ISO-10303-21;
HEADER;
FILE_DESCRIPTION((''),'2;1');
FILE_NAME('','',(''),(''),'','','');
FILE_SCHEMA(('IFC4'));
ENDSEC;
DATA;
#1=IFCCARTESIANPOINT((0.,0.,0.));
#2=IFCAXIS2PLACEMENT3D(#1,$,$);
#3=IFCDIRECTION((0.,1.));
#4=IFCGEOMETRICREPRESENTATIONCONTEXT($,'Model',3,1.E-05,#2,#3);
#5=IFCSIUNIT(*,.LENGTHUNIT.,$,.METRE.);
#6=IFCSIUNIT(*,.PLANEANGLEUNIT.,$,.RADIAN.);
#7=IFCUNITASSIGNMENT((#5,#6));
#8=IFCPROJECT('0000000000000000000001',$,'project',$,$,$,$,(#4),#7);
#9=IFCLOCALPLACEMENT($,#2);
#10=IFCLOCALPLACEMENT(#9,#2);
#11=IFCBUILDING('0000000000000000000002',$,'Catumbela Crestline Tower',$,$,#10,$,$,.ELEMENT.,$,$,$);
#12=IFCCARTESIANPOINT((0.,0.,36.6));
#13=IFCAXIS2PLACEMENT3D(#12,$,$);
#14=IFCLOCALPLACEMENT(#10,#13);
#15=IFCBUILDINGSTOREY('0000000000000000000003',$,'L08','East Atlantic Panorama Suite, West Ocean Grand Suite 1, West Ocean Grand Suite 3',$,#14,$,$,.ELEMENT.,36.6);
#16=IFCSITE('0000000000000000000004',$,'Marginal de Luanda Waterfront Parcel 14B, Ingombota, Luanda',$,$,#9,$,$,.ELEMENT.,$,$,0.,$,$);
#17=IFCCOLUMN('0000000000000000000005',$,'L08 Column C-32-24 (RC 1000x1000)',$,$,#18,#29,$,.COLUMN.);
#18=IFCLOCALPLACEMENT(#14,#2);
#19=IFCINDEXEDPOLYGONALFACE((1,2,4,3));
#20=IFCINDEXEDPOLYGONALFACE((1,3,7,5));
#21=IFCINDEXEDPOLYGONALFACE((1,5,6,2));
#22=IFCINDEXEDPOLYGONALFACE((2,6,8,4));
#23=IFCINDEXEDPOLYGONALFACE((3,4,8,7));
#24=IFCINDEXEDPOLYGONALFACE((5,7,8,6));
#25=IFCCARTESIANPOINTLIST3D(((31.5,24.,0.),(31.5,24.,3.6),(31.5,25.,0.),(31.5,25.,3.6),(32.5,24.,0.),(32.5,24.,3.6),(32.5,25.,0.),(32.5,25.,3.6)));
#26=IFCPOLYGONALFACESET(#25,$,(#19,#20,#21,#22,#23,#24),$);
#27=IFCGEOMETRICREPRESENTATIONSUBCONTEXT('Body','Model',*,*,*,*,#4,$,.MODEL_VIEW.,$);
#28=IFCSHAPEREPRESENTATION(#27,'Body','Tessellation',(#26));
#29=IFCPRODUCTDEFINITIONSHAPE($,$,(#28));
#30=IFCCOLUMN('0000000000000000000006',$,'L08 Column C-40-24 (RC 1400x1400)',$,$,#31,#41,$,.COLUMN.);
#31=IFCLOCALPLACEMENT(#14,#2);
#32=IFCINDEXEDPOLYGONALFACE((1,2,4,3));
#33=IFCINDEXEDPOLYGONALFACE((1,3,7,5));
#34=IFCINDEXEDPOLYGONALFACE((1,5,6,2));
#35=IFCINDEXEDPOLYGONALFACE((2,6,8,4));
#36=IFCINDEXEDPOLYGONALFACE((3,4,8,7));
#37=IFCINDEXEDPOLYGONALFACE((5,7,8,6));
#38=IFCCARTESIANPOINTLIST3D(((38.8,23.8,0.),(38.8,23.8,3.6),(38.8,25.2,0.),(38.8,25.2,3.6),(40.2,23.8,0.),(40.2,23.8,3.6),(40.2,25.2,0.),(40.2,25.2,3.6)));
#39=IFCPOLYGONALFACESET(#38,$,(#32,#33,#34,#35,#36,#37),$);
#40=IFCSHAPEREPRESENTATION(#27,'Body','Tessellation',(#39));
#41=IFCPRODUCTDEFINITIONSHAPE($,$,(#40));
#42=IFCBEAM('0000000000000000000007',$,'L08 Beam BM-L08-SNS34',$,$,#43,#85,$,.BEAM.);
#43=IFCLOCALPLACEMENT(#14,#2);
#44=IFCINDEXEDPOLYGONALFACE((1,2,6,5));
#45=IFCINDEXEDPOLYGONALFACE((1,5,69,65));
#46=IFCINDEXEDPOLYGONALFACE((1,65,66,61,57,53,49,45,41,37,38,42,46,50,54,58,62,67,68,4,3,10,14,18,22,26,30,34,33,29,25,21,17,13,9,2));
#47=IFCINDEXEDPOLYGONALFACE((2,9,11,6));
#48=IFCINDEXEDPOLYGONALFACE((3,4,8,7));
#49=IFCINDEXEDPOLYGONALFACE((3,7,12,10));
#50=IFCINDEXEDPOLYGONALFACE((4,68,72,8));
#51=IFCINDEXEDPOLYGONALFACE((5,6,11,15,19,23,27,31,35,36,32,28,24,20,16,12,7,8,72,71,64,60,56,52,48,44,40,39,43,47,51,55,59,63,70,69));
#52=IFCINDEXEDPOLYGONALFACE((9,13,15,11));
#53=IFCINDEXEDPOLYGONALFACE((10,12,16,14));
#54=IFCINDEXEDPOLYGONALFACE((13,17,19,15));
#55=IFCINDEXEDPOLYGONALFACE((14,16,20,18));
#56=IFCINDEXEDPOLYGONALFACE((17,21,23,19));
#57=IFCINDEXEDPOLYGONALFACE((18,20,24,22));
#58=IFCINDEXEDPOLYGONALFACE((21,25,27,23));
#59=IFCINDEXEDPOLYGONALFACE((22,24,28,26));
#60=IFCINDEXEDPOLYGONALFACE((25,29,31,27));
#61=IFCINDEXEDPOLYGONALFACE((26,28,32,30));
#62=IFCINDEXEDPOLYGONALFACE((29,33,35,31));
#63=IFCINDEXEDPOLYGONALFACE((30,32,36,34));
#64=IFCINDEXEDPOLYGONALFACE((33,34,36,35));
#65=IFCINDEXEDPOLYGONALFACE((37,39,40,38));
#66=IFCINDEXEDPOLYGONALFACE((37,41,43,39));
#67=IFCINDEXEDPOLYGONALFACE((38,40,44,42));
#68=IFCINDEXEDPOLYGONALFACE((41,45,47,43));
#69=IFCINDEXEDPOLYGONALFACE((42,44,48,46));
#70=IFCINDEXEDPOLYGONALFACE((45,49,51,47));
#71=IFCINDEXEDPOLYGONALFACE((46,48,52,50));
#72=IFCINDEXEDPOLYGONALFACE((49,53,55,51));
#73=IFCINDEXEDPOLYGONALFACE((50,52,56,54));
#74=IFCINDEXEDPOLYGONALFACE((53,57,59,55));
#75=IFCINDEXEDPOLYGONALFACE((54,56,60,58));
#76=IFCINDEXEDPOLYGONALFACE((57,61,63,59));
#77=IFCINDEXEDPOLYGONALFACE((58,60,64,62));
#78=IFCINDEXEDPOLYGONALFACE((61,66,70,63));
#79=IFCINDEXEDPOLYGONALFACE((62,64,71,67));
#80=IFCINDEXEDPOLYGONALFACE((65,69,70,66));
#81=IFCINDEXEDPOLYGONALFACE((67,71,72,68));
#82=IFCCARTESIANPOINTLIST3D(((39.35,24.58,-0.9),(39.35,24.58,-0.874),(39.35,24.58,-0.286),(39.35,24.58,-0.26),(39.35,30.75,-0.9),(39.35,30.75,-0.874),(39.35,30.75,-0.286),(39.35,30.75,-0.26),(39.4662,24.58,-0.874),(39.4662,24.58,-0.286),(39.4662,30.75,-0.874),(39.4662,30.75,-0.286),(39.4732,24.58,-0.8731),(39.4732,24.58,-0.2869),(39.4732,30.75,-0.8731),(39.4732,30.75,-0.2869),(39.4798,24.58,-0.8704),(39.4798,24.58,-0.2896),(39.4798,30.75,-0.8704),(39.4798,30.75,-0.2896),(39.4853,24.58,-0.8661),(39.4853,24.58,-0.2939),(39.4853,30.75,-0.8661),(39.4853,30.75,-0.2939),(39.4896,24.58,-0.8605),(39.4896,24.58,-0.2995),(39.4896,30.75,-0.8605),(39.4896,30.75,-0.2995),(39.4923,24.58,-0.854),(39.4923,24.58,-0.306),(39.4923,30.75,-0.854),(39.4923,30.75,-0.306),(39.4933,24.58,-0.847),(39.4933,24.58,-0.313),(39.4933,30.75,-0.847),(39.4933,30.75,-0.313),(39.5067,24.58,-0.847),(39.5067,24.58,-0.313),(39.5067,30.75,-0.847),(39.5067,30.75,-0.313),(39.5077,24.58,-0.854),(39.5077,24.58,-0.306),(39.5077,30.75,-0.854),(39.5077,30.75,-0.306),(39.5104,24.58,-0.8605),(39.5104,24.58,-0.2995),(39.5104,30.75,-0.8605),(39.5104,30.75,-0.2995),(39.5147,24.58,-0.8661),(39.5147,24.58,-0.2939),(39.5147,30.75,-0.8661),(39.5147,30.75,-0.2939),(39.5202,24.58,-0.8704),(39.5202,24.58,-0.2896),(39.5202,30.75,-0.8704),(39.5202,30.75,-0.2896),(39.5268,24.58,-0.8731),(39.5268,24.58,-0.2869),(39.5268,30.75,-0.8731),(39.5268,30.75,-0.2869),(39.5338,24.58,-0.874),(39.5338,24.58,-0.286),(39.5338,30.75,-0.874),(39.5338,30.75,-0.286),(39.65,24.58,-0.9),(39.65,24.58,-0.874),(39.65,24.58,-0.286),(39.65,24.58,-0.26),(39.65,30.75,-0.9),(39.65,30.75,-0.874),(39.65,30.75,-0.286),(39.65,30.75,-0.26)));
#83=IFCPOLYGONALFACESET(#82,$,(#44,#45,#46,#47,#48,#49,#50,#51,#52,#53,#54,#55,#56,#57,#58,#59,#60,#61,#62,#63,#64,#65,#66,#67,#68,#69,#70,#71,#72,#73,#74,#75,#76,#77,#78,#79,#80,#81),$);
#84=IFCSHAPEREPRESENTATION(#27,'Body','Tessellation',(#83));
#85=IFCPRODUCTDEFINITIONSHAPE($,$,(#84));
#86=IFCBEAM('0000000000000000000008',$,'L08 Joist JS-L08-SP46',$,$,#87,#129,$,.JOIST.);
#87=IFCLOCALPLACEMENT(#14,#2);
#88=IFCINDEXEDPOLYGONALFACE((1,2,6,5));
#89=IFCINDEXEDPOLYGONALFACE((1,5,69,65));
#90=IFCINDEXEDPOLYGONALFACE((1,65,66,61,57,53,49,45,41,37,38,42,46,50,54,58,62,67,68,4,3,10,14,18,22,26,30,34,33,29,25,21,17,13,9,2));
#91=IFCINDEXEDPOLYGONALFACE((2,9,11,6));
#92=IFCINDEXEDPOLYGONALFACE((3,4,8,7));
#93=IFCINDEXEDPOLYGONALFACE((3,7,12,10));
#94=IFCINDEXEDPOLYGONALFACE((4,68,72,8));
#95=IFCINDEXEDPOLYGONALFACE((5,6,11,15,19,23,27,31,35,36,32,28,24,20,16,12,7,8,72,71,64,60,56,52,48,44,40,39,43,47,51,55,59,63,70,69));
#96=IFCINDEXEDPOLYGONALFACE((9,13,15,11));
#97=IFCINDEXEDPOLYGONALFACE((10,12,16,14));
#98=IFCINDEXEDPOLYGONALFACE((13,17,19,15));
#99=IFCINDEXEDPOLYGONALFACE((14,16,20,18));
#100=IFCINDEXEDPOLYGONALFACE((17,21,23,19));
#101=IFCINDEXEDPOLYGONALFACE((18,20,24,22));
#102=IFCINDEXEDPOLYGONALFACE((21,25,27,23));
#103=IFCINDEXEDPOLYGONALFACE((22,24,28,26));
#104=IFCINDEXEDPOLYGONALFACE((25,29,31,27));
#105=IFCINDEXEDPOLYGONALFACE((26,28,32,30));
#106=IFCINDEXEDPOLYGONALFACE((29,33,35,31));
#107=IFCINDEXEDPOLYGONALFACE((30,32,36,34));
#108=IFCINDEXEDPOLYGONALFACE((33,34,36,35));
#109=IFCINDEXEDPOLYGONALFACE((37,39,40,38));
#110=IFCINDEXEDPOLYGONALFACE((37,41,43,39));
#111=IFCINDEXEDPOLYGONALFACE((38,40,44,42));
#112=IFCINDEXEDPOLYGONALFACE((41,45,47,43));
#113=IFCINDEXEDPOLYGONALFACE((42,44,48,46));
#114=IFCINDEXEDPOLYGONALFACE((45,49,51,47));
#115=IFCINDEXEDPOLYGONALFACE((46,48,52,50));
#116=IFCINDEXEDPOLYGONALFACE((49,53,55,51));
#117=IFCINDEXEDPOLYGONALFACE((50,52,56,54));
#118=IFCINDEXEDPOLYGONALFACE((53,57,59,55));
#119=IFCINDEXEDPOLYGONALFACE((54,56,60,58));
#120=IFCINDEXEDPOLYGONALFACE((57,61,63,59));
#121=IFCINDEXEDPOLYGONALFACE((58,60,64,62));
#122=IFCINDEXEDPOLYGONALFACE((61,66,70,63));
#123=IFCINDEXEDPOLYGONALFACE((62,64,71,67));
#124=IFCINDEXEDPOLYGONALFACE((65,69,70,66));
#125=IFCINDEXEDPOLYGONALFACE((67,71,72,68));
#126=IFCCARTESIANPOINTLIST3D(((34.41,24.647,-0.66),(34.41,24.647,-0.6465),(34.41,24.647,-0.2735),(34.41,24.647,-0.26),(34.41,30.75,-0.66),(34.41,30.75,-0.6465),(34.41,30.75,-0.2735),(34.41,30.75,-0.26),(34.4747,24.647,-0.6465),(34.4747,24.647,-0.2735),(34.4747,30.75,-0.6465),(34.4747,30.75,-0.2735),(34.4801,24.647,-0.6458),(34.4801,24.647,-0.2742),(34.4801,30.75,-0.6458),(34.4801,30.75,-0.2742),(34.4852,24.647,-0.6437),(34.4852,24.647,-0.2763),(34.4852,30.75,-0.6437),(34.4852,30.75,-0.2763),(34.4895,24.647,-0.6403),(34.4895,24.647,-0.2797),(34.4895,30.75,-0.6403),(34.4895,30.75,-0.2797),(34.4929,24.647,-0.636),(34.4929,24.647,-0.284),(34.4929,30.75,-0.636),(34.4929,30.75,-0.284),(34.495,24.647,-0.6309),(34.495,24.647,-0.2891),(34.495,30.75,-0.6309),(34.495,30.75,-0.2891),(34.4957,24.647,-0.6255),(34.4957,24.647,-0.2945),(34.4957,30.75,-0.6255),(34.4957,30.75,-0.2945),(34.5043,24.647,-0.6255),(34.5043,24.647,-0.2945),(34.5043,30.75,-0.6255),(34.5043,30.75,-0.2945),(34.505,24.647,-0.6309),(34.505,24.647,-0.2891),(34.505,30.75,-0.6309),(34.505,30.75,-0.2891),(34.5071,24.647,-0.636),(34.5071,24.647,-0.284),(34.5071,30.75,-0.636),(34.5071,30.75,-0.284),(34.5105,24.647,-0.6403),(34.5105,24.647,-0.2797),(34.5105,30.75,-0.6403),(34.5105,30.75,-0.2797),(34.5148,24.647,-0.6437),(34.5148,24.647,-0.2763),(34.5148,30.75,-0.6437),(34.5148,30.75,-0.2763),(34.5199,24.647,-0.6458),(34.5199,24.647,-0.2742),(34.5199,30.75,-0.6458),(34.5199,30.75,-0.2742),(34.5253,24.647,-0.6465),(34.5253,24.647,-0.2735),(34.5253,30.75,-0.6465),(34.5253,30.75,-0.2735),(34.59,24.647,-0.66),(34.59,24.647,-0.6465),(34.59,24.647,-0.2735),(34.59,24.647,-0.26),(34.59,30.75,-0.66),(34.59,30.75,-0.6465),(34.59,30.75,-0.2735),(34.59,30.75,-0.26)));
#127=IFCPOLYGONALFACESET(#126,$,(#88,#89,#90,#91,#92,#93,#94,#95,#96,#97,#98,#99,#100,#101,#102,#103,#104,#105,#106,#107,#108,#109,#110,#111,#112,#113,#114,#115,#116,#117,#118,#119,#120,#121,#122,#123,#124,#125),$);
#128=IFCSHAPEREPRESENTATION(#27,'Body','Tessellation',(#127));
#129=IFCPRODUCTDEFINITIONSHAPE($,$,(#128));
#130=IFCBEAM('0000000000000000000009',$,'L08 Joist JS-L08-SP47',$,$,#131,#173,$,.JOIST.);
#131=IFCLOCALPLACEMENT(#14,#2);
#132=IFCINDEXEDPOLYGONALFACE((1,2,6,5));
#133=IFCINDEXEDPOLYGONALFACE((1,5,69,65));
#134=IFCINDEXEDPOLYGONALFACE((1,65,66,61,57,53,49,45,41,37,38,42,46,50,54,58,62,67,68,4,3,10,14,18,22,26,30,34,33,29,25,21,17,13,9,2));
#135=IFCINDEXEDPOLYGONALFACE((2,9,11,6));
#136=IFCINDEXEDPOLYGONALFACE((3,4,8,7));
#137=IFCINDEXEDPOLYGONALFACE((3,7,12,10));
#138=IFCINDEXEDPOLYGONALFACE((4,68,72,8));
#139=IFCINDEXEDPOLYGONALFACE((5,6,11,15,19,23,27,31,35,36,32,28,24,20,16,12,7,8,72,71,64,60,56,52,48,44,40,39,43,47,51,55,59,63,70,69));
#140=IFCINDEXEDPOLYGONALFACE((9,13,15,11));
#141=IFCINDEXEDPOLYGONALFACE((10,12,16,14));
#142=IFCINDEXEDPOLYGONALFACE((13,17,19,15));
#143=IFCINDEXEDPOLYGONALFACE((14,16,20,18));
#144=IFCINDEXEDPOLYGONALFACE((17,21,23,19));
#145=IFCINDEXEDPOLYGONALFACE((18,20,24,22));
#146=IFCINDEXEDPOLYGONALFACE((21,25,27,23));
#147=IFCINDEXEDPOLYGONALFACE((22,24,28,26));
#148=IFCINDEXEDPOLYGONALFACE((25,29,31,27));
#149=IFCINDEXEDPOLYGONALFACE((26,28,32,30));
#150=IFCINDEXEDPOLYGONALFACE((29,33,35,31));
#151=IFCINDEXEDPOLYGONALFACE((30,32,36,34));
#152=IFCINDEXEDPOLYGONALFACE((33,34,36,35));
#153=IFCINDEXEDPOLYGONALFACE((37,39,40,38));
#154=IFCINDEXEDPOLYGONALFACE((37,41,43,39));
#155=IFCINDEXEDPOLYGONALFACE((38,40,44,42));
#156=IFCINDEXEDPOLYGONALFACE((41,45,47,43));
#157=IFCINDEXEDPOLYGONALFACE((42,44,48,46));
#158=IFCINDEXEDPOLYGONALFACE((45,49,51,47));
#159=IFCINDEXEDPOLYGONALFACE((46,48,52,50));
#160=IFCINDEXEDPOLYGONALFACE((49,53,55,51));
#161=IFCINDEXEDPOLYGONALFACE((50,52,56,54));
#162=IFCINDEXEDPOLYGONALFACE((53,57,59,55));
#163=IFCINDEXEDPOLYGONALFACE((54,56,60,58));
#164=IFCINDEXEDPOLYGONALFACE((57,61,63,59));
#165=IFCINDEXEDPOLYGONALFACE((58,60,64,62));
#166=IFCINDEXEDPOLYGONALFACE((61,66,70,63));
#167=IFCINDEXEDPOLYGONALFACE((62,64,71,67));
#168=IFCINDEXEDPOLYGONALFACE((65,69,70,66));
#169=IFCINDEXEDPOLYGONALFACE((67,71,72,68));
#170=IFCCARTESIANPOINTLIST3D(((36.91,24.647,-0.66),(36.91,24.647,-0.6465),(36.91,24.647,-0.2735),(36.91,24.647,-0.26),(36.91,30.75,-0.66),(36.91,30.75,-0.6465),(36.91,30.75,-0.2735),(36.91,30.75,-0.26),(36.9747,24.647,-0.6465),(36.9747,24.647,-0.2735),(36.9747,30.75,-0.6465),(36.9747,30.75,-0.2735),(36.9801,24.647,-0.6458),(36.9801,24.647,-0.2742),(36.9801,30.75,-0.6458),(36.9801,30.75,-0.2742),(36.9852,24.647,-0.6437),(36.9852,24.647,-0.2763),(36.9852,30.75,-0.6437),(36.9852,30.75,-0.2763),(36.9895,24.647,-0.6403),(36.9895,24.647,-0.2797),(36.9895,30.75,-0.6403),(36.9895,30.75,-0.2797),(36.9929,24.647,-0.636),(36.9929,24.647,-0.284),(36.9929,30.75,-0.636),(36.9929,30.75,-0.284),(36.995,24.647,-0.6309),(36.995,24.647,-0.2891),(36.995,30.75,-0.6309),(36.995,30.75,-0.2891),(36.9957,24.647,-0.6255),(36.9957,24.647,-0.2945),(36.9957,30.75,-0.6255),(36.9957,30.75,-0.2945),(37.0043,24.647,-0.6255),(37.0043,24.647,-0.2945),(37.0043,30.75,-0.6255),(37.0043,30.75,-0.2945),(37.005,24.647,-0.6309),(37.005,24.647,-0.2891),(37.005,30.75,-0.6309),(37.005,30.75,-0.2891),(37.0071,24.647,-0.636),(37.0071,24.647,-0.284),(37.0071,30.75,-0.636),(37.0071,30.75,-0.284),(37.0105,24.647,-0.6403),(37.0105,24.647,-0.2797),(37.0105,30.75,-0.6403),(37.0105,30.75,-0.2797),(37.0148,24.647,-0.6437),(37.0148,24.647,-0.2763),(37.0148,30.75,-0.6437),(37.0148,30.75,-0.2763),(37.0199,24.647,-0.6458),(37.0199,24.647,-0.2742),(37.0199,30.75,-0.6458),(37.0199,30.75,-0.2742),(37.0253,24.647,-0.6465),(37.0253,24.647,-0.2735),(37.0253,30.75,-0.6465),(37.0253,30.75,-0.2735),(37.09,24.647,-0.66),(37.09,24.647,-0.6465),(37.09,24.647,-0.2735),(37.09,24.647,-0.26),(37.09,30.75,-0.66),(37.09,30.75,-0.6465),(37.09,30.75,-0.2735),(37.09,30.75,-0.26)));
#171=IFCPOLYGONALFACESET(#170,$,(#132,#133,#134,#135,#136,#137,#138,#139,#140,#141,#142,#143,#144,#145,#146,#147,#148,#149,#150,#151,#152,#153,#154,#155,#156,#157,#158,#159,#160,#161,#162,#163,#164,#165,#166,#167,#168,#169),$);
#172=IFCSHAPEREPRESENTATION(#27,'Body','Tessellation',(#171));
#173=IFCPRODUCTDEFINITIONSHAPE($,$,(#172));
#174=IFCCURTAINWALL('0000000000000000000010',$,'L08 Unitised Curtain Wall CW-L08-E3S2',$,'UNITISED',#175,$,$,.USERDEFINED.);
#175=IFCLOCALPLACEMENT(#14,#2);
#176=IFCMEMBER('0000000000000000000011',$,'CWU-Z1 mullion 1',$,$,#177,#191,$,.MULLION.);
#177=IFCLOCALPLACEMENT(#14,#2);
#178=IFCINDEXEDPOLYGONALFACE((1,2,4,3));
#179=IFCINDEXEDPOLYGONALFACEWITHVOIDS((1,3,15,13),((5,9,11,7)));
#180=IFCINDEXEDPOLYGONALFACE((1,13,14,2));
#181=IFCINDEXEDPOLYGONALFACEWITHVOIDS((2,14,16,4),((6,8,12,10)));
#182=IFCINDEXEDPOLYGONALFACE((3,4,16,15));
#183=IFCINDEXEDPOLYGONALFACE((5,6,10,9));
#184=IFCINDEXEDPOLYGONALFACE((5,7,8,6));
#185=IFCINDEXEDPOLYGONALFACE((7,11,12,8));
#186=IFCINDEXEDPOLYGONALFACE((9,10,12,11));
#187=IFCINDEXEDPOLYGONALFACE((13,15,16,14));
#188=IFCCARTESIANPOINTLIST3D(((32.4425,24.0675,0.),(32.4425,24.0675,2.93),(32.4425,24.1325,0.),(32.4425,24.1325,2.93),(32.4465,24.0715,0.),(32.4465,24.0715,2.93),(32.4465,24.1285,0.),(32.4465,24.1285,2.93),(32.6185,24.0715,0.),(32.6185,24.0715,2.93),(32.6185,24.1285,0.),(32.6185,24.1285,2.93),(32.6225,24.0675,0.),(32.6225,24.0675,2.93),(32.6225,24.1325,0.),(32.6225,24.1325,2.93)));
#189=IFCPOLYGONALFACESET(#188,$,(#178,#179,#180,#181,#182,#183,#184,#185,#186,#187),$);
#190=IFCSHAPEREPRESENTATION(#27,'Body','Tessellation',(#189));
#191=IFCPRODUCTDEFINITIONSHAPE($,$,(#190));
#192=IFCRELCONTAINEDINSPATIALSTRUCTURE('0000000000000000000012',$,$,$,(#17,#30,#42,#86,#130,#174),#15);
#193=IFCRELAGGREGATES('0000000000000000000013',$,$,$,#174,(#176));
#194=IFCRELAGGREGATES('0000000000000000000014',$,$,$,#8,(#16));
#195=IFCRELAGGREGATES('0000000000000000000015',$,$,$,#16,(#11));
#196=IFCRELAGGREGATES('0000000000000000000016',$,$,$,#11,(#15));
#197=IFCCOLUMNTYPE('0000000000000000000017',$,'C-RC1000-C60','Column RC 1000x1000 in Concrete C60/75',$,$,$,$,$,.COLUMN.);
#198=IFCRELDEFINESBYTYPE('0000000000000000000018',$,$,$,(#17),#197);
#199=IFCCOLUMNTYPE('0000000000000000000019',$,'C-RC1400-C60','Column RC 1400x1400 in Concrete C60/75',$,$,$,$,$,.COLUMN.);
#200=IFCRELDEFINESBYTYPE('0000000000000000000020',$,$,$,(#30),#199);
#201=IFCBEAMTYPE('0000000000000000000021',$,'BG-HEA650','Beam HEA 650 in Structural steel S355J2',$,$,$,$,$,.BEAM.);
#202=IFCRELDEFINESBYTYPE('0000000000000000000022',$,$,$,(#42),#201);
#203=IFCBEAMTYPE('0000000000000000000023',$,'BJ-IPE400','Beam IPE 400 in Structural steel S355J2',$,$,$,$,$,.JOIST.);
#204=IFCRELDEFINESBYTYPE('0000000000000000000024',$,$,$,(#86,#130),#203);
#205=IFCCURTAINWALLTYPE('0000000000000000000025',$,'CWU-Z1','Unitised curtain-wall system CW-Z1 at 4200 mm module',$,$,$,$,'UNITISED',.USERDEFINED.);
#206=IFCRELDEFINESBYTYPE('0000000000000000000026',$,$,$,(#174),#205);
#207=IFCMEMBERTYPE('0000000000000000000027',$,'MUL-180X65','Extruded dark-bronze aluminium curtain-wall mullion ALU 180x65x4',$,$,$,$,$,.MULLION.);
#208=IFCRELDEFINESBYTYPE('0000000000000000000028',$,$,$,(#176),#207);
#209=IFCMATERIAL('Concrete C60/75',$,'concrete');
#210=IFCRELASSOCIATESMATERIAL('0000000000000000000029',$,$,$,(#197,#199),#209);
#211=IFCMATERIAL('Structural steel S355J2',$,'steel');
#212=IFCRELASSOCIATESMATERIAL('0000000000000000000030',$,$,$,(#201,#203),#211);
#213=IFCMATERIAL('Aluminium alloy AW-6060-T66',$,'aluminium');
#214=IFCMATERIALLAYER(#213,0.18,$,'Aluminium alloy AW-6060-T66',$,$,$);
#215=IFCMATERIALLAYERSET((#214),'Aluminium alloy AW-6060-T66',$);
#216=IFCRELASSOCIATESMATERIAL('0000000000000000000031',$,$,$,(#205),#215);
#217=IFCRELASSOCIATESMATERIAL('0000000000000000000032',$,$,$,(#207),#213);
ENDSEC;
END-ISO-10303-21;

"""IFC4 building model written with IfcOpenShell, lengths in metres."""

from ifc_helpers import new_model, si_unit, direction, frame, origin, origin_2d, place, context, subcontext, project, spatial, rectangle, hollow_rectangle, i_section, extrude, material, layer, layer_set, material_profile, profile_set, type_object, element, aggregate, save


model = new_model("IFC4")

# Units and contexts
model_context = context("Model", 3, precision=1e-05, world=origin(), true_north=direction((0.0, 1.0)))
body_context = subcontext(model_context, "Body", "Model", "MODEL_VIEW")
ifc_project = project(units=[si_unit("LENGTHUNIT", "METRE"), si_unit("PLANEANGLEUNIT", "RADIAN")], contexts=[model_context])

# Site, building, storey
site_placement = place(None, origin())
site = spatial("IfcSite", under=ifc_project, at=site_placement, Name="Marginal de Luanda Waterfront Parcel 14B, Ingombota, Luanda", CompositionType="ELEMENT", RefElevation=0.0)
building_placement = place(site_placement, origin())
building = spatial("IfcBuilding", under=site, at=building_placement, Name="Catumbela Crestline Tower", CompositionType="ELEMENT")
storey_placement = place(building_placement, frame((0.0, 0.0, 36.6)))
storey = spatial("IfcBuildingStorey", under=building, at=storey_placement, Name="L08", Description="East Atlantic Panorama Suite, West Ocean Grand Suite 1, West Ocean Grand Suite 3", CompositionType="ELEMENT", Elevation=36.6)

# Columns
ifc_material_1 = material(Name="Concrete C60/75", Category="concrete")
ifc_material_profile_1 = material_profile(ifc_material_1, rectangle(XDim=1.0, YDim=1.0, at=origin_2d()), Name="RC 1000x1000")
ifc_profile_set_1 = profile_set([ifc_material_profile_1], Name="Concrete C60/75")
column_type_1 = type_object("IfcColumnType", Name="C-RC1000-C60", Description="Column RC 1000x1000 in Concrete C60/75", PredefinedType="COLUMN", material=ifc_profile_set_1)
column_1_placement = place(storey_placement, frame((32.0, 24.5, 0.0), z_axis=(0.0, 0.0, 1.0), x_axis=(1.0, 0.0, 0.0)))
element("IfcColumn", 1, at=column_1_placement, inside=storey, type_object=column_type_1, Name="L08 Column C-32-24 (RC 1000x1000)", PredefinedType="COLUMN", context=body_context, shape_type="SweptSolid", body=[
    extrude(rectangle(XDim=1.0, YDim=1.0, at=origin_2d()), origin(), (0.0, 0.0, 1.0), 3.6),
])
ifc_material_profile_2 = material_profile(ifc_material_1, rectangle(XDim=1.4, YDim=1.4, at=origin_2d()), Name="RC 1400x1400")
ifc_profile_set_2 = profile_set([ifc_material_profile_2], Name="Concrete C60/75")
column_type_2 = type_object("IfcColumnType", Name="C-RC1400-C60", Description="Column RC 1400x1400 in Concrete C60/75", PredefinedType="COLUMN", material=ifc_profile_set_2)
column_2_placement = place(storey_placement, frame((39.5, 24.5, 0.0), z_axis=(0.0, 0.0, 1.0), x_axis=(1.0, 0.0, 0.0)))
element("IfcColumn", 2, at=column_2_placement, inside=storey, type_object=column_type_2, Name="L08 Column C-40-24 (RC 1400x1400)", PredefinedType="COLUMN", context=body_context, shape_type="SweptSolid", body=[
    extrude(rectangle(XDim=1.4, YDim=1.4, at=origin_2d()), origin(), (0.0, 0.0, 1.0), 3.6),
])

# Beams
ifc_material_2 = material(Name="Structural steel S355J2", Category="steel")
ifc_material_profile_3 = material_profile(ifc_material_2, i_section(OverallWidth=0.3, OverallDepth=0.64, WebThickness=0.0135, FlangeThickness=0.026, FilletRadius=0.027, at=origin_2d()), Name="HEA 650")
ifc_profile_set_3 = profile_set([ifc_material_profile_3], Name="Structural steel S355J2")
beam_type_1 = type_object("IfcBeamType", Name="BG-HEA650", Description="Beam HEA 650 in Structural steel S355J2", PredefinedType="BEAM", material=ifc_profile_set_3)
beam_1_placement = place(storey_placement, frame((39.5, 24.58, -0.58), z_axis=(0.0, 1.0, 0.0), x_axis=(-1.0, 0.0, 0.0)))
element("IfcBeam", 3, at=beam_1_placement, inside=storey, type_object=beam_type_1, Name="L08 Beam BM-L08-SNS34", PredefinedType="BEAM", context=body_context, shape_type="SweptSolid", body=[
    extrude(i_section(OverallWidth=0.3, OverallDepth=0.64, WebThickness=0.0135, FlangeThickness=0.026, FilletRadius=0.027, at=origin_2d()), origin(), (0.0, 0.0, 1.0), 6.17),
])
ifc_material_profile_4 = material_profile(ifc_material_2, i_section(OverallWidth=0.18, OverallDepth=0.4, WebThickness=0.0086, FlangeThickness=0.0135, FilletRadius=0.021, at=origin_2d()), Name="IPE 400")
ifc_profile_set_4 = profile_set([ifc_material_profile_4], Name="Structural steel S355J2")
beam_type_2 = type_object("IfcBeamType", Name="BJ-IPE400", Description="Beam IPE 400 in Structural steel S355J2", PredefinedType="JOIST", material=ifc_profile_set_4)
for number, where, z_axis, x_axis, name in (
    (4, (34.5, 24.647, -0.46), (0.0, 1.0, 0.0), (-1.0, 0.0, 0.0), "L08 Joist JS-L08-SP46"),
    (5, (37.0, 24.647, -0.46), (0.0, 1.0, 0.0), (-1.0, 0.0, 0.0), "L08 Joist JS-L08-SP47"),
):
    element("IfcBeam", number, at=place(storey_placement, frame(where, z_axis=z_axis, x_axis=x_axis)), inside=storey, type_object=beam_type_2, Name=name, PredefinedType="JOIST", context=body_context, shape_type="SweptSolid", body=[
        extrude(i_section(OverallWidth=0.18, OverallDepth=0.4, WebThickness=0.0086, FlangeThickness=0.0135, FilletRadius=0.021, at=origin_2d()), origin(), (0.0, 0.0, 1.0), 6.103),
    ])

# Curtain wall, member
ifc_material_3 = material(Name="Aluminium alloy AW-6060-T66", Category="aluminium")
ifc_layer_1 = layer(ifc_material_3, 0.18, Name="Aluminium alloy AW-6060-T66")
ifc_layer_set_1 = layer_set([ifc_layer_1], Name="Aluminium alloy AW-6060-T66")
curtain_wall_type = type_object("IfcCurtainWallType", Name="CWU-Z1", Description="Unitised curtain-wall system CW-Z1 at 4200 mm module", ElementType="UNITISED", PredefinedType="USERDEFINED", material=ifc_layer_set_1)
curtain_wall_1_placement = place(storey_placement, origin())
curtain_wall_1 = element("IfcCurtainWall", 6, at=curtain_wall_1_placement, inside=storey, type_object=curtain_wall_type, Name="L08 Unitised Curtain Wall CW-L08-E3S2", ObjectType="UNITISED", PredefinedType="USERDEFINED")
ifc_material_profile_5 = material_profile(ifc_material_3, hollow_rectangle(XDim=0.065, YDim=0.18, WallThickness=0.004, at=origin_2d()), Name="ALU 180x65x4")
ifc_profile_set_5 = profile_set([ifc_material_profile_5], Name="Aluminium alloy AW-6060-T66")
member_type_1 = type_object("IfcMemberType", Name="MUL-180X65", Description="Extruded dark-bronze aluminium curtain-wall mullion ALU 180x65x4", PredefinedType="MULLION", material=ifc_profile_set_5)
member_1_placement = place(storey_placement, frame((32.5325, 24.1, 0.0), z_axis=(0.0, 0.0, 1.0), x_axis=(0.0, 1.0, 0.0)))
member_1 = element("IfcMember", 7, at=member_1_placement, type_object=member_type_1, Name="CWU-Z1 mullion 1", PredefinedType="MULLION", context=body_context, shape_type="SweptSolid", body=[
    extrude(hollow_rectangle(XDim=0.065, YDim=0.18, WallThickness=0.004, at=origin_2d()), origin(), (0.0, 0.0, 1.0), 2.93),
])

aggregate(curtain_wall_1, [member_1])

save(model, "model.ifc")
